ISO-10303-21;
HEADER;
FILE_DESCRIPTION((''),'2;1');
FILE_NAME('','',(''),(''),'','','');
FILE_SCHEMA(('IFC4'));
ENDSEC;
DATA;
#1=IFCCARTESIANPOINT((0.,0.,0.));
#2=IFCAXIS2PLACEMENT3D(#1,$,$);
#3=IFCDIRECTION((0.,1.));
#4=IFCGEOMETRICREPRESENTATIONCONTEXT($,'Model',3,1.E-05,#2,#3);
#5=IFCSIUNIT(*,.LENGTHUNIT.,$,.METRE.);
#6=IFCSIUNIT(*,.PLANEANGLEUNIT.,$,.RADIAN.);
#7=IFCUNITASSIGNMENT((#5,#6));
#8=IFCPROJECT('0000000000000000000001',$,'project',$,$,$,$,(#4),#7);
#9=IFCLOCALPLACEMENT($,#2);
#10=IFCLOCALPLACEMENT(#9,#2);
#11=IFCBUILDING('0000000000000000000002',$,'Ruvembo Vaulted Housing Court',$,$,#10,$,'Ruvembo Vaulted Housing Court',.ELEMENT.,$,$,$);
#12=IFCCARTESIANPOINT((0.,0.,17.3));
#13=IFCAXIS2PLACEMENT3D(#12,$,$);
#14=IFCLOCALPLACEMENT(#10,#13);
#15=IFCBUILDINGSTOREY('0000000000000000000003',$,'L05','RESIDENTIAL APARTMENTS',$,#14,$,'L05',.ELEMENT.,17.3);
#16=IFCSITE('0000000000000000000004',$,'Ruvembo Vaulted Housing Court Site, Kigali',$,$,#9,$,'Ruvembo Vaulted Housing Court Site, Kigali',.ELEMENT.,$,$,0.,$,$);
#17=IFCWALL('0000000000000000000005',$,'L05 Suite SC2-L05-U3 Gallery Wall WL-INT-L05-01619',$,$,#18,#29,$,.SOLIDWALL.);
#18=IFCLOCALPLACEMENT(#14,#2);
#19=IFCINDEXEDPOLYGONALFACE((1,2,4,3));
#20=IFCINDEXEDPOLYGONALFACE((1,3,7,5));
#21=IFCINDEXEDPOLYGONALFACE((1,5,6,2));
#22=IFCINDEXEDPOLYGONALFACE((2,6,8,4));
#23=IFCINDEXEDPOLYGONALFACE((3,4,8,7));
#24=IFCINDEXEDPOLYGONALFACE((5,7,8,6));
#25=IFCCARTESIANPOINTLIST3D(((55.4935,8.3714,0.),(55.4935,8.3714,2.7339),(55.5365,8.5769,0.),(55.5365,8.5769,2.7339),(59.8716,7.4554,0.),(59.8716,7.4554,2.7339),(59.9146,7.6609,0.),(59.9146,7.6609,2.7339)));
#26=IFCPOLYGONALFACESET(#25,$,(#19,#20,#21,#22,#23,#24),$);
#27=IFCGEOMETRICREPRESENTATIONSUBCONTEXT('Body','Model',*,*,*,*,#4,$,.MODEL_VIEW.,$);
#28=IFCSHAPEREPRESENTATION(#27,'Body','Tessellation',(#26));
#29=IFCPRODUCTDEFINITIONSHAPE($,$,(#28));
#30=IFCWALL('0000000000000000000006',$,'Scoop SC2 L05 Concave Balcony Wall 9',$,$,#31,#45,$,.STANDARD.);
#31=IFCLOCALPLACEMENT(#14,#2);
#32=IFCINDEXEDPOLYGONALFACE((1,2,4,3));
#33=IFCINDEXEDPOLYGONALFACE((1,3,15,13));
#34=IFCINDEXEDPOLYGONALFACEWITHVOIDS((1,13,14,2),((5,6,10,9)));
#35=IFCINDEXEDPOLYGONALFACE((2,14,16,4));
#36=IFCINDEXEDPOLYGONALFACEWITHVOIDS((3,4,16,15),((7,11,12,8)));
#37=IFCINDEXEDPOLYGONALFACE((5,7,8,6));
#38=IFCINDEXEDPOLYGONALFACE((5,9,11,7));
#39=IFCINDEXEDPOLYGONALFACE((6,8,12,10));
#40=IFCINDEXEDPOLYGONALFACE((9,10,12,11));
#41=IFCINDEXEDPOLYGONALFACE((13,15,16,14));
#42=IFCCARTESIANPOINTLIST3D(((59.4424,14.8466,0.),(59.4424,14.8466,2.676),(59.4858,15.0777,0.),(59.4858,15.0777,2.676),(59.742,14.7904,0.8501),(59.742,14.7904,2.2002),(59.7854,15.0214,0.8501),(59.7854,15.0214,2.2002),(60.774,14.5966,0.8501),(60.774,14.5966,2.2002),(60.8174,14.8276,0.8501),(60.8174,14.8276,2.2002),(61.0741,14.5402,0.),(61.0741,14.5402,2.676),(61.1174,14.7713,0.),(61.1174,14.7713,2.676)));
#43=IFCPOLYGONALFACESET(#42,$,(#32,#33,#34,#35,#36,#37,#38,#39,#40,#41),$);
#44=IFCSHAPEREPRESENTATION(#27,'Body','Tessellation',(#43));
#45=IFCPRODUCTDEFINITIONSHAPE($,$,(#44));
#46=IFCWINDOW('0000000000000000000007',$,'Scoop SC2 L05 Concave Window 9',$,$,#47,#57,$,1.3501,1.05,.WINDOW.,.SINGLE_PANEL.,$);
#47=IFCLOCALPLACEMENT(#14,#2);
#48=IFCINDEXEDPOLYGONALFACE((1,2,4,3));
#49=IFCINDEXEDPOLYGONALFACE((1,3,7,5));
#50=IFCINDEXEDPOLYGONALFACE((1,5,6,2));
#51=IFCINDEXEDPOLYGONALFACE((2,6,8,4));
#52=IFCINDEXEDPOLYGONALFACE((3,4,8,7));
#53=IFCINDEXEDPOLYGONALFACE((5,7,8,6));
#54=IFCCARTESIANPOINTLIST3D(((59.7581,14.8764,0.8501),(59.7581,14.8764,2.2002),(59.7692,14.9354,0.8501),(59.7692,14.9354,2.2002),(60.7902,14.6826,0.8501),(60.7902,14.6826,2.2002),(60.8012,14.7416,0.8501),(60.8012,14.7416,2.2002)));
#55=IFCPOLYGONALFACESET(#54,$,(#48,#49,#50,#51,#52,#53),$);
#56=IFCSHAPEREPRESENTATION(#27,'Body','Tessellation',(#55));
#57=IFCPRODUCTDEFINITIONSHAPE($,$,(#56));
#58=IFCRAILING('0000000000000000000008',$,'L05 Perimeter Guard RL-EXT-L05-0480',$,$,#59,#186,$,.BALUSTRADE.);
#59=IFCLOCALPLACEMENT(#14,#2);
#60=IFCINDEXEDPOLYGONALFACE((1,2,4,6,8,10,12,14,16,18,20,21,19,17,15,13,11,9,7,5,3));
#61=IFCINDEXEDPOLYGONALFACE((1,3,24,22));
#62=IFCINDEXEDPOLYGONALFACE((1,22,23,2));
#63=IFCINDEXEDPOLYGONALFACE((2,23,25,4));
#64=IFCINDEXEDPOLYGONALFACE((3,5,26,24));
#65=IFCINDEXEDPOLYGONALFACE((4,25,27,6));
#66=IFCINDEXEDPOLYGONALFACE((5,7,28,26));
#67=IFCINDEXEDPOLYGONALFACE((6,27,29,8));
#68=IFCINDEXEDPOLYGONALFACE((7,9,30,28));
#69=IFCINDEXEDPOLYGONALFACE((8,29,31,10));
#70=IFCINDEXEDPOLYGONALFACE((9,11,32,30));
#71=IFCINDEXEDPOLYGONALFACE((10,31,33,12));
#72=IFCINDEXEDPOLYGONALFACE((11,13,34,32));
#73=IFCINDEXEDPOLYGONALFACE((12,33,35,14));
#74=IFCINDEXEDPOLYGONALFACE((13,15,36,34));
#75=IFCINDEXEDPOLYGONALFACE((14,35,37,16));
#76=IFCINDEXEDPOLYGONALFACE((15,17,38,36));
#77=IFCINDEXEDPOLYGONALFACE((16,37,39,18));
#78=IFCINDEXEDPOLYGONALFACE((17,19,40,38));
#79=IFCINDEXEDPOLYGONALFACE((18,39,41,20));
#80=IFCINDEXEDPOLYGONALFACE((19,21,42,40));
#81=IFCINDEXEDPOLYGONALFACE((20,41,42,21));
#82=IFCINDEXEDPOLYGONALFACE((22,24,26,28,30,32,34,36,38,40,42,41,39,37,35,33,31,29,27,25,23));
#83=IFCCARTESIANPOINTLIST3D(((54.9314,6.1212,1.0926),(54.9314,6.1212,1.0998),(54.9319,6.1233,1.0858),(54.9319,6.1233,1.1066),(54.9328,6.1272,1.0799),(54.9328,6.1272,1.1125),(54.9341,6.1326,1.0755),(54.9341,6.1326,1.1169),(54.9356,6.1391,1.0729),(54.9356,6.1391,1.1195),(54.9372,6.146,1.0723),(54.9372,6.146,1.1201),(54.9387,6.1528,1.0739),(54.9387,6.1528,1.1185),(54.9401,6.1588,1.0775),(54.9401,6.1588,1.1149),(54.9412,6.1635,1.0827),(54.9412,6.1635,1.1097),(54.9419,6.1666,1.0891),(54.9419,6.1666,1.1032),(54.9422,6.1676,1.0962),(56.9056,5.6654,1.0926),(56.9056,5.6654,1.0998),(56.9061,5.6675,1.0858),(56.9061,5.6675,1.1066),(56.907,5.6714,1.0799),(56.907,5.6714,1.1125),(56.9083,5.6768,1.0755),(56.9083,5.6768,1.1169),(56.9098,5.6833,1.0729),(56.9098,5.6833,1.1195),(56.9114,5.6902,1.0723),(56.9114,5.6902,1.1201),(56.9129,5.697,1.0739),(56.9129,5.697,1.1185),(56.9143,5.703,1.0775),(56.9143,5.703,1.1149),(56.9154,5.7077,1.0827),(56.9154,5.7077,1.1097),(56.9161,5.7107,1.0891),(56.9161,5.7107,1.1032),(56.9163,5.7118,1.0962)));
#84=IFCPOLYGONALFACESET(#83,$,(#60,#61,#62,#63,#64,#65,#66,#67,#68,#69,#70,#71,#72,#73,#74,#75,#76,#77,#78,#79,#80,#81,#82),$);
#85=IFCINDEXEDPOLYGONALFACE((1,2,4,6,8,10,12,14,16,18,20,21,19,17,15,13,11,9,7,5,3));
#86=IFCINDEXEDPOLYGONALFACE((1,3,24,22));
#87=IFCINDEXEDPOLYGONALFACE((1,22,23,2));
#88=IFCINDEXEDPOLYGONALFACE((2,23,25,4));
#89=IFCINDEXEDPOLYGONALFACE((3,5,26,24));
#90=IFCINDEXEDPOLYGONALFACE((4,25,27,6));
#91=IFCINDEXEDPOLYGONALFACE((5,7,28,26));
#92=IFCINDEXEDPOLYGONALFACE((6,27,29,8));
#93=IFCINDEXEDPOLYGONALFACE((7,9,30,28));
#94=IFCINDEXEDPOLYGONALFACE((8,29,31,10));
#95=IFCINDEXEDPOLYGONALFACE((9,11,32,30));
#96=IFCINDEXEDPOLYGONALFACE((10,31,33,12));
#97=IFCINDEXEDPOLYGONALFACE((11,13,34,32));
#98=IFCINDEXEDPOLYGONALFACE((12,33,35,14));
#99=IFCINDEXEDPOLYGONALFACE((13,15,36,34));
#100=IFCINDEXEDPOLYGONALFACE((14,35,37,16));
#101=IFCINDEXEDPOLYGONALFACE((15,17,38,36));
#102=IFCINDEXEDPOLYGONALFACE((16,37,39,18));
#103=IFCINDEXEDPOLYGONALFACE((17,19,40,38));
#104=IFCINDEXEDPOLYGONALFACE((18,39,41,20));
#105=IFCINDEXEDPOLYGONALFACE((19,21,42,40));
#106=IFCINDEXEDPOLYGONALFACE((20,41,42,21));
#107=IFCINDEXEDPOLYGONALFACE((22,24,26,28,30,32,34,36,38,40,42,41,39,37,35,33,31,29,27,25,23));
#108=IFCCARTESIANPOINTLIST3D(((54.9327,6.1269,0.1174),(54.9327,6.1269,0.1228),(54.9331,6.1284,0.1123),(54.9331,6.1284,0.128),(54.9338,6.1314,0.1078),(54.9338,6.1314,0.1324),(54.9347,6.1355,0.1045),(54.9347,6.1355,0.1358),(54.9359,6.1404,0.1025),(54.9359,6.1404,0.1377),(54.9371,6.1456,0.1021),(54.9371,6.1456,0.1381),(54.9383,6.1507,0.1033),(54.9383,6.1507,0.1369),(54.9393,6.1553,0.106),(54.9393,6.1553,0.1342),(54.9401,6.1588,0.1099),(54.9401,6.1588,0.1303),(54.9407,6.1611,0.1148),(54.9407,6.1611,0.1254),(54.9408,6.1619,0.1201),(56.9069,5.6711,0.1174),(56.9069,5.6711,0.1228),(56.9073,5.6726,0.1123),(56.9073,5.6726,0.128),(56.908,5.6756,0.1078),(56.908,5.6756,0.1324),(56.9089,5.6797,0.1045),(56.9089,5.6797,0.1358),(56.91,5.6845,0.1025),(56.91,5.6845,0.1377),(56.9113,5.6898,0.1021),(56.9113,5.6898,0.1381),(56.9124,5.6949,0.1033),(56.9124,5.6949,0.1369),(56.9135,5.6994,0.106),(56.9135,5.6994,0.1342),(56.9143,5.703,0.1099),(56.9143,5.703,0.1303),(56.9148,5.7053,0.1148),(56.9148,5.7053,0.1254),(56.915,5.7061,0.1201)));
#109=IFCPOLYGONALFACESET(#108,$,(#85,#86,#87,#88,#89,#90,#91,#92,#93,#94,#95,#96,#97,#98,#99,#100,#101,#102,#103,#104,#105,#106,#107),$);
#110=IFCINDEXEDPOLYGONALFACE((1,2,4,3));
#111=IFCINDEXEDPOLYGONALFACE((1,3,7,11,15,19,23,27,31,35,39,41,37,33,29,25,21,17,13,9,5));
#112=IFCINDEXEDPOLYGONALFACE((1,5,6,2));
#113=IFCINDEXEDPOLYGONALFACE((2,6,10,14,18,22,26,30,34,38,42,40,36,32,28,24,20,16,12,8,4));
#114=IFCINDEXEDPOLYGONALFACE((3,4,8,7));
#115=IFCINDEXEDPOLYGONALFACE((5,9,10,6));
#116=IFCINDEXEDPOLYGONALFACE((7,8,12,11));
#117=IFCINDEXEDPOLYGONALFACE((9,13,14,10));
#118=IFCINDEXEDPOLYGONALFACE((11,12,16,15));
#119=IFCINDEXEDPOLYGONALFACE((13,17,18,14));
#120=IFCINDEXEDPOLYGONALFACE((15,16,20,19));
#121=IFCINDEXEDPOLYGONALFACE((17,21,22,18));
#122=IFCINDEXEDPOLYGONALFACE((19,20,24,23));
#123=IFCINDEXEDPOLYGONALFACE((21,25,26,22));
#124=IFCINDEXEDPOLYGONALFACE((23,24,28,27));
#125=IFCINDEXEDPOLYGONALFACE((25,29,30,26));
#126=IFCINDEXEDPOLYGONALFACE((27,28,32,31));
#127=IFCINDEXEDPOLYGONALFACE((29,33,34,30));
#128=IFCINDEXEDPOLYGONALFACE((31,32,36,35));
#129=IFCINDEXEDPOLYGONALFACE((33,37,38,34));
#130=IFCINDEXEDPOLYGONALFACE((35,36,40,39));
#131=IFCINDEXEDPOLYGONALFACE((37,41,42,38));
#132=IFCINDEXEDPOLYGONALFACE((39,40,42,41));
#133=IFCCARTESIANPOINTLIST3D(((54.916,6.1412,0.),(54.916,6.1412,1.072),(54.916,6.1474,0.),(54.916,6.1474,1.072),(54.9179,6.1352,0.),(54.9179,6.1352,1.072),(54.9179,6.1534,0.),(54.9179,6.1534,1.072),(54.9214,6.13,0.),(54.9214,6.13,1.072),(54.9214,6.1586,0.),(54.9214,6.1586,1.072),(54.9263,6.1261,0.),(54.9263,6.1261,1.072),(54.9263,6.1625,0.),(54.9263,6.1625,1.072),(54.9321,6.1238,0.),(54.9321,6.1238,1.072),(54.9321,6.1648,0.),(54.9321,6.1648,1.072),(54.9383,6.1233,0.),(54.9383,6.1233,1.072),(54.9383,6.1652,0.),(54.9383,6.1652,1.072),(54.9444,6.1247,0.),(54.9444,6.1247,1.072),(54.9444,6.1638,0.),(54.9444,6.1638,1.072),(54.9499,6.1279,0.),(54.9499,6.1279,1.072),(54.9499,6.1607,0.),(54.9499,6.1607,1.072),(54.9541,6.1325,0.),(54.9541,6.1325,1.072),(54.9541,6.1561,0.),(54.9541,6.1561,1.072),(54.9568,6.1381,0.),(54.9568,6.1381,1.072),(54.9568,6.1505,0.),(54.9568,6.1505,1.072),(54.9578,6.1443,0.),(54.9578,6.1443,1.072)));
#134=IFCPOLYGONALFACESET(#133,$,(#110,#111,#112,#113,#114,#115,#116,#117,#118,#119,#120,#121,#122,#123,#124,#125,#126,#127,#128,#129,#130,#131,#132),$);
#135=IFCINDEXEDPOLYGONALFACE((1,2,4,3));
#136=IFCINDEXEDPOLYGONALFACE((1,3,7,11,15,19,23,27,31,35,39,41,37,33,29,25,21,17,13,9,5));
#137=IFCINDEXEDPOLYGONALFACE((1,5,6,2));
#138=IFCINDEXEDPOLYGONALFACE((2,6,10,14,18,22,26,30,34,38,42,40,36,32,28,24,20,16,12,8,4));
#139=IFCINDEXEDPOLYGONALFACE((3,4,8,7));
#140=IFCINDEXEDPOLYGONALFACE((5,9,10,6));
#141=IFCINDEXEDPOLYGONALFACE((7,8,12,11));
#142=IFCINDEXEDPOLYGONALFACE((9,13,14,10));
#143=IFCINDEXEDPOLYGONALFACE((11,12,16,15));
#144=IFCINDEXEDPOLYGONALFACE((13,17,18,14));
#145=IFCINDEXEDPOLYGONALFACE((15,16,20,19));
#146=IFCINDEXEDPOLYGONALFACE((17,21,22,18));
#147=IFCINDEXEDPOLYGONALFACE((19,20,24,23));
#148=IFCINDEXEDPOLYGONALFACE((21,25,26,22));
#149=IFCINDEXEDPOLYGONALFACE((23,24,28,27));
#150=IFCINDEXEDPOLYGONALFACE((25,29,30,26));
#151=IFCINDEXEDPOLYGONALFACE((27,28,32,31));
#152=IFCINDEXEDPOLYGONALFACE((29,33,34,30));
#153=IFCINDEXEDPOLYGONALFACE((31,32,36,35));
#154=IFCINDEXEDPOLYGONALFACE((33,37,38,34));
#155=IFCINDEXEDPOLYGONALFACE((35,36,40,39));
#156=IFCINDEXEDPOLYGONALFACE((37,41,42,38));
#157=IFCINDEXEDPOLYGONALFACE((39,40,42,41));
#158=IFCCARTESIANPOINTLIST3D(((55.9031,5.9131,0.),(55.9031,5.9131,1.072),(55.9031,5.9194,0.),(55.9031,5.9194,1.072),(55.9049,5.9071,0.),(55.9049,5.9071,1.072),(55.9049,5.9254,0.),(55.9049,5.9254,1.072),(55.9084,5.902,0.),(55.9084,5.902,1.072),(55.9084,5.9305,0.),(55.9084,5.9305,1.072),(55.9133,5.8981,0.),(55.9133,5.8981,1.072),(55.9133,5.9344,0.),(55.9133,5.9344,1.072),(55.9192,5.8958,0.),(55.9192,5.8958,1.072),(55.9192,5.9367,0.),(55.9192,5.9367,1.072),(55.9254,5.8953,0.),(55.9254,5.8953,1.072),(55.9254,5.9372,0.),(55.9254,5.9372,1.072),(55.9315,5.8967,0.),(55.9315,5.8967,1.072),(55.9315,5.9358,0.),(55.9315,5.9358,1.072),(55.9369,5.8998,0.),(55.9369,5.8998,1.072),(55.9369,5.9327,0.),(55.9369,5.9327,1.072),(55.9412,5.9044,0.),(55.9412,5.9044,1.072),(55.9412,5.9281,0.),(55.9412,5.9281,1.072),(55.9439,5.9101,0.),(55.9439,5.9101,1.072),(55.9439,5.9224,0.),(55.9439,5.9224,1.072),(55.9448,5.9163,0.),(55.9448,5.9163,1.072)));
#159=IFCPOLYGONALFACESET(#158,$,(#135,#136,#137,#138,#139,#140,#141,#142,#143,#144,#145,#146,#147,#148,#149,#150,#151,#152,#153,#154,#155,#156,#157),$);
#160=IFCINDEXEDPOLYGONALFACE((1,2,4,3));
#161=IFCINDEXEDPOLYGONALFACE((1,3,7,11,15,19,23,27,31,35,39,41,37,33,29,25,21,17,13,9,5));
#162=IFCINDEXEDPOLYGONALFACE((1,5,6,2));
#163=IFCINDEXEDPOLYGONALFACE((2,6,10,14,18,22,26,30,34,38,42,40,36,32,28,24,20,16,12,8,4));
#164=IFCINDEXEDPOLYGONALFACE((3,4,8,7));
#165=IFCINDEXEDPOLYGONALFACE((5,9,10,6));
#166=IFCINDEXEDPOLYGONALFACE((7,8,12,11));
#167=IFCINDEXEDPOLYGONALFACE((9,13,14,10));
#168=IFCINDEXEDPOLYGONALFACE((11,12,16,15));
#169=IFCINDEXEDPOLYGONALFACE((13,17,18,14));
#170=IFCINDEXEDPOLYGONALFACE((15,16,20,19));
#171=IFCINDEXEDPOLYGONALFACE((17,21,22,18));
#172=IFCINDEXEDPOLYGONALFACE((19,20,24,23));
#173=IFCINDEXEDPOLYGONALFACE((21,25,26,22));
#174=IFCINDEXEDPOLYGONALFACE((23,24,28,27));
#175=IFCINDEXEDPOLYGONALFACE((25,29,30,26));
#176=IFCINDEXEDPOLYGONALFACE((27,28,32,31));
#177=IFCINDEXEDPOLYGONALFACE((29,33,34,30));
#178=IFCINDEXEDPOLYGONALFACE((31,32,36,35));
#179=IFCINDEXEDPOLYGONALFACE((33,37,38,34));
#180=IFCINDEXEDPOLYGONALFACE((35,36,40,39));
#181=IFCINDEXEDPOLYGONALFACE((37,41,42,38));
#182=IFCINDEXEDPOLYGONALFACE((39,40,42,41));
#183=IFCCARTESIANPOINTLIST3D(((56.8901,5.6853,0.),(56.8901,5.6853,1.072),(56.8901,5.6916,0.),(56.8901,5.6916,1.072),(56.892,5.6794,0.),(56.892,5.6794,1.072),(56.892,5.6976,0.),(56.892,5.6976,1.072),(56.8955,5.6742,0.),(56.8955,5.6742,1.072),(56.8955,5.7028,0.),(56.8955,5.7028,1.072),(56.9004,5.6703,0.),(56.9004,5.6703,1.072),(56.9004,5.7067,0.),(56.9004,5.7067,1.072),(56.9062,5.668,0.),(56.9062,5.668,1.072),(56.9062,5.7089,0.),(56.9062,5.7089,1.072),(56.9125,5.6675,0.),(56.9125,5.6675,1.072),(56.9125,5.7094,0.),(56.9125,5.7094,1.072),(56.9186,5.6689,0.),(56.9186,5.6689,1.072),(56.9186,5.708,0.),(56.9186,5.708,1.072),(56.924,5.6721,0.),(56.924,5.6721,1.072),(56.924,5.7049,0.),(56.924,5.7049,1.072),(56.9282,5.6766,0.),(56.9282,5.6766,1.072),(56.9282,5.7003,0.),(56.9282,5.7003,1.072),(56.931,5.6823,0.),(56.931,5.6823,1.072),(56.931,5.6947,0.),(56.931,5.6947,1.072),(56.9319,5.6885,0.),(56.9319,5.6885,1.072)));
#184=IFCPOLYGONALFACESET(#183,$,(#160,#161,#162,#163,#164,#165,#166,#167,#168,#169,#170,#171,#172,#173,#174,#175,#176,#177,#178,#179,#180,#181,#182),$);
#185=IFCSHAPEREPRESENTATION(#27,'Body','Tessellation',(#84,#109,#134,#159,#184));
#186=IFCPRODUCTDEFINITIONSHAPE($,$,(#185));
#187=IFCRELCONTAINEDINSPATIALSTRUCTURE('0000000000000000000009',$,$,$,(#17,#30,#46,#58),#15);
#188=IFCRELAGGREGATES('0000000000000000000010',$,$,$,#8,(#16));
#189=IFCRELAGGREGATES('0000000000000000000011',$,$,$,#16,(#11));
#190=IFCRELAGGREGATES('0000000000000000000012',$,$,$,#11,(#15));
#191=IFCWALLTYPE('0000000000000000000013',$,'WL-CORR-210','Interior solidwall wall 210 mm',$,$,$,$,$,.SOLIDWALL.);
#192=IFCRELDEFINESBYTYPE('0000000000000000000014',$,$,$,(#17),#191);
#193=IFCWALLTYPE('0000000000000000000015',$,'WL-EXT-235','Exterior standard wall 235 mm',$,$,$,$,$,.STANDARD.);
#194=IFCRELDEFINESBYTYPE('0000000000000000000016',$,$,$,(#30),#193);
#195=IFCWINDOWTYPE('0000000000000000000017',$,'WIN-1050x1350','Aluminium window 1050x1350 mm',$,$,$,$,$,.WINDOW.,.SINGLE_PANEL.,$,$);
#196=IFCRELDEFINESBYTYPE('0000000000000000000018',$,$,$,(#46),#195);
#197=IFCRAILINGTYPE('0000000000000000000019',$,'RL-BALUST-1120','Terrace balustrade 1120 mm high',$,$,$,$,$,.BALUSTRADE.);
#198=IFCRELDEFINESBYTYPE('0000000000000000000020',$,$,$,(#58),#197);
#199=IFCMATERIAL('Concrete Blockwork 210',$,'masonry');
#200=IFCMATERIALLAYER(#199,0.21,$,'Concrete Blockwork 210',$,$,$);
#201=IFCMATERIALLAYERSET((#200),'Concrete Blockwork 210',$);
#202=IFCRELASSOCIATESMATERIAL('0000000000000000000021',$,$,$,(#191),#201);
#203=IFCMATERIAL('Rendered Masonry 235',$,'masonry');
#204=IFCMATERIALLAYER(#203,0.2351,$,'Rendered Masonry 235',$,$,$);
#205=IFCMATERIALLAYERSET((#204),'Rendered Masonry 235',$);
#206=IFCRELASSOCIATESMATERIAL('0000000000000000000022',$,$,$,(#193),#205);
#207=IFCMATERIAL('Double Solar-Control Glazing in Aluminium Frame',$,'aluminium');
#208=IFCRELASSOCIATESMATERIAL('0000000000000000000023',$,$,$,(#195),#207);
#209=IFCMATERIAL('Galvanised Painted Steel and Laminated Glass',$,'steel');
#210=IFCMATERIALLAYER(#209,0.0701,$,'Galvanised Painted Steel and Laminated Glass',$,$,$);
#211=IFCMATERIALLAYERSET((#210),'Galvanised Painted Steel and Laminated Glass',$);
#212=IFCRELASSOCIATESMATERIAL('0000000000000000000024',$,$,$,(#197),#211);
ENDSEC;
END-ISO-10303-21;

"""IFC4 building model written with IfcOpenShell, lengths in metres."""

from ifc_helpers import new_model, si_unit, direction, frame, frame_2d, origin, origin_2d, place, context, subcontext, project, spatial, rectangle, circle, extrude, material, layer, layer_set, type_object, element, fill, save


model = new_model("IFC4")

# Units and contexts
model_context = context("Model", 3, precision=1e-05, world=origin(), true_north=direction((0.0, 1.0)))
body_context = subcontext(model_context, "Body", "Model", "MODEL_VIEW")
ifc_project = project(units=[si_unit("LENGTHUNIT", "METRE"), si_unit("PLANEANGLEUNIT", "RADIAN")], contexts=[model_context])

# Site, building, storey
site_placement = place(None, origin())
site = spatial("IfcSite", under=ifc_project, at=site_placement, Name="Ruvembo Vaulted Housing Court Site, Kigali", LongName="Ruvembo Vaulted Housing Court Site, Kigali", CompositionType="ELEMENT", RefElevation=0.0)
building_placement = place(site_placement, origin())
building = spatial("IfcBuilding", under=site, at=building_placement, Name="Ruvembo Vaulted Housing Court", LongName="Ruvembo Vaulted Housing Court", CompositionType="ELEMENT")
storey_placement = place(building_placement, frame((0.0, 0.0, 17.3)))
storey = spatial("IfcBuildingStorey", under=building, at=storey_placement, Name="L05", Description="RESIDENTIAL APARTMENTS", LongName="L05", CompositionType="ELEMENT", Elevation=17.3)

# Wall
ifc_material_1 = material(Name="Concrete Blockwork 210", Category="masonry")
ifc_layer_1 = layer(ifc_material_1, 0.21, Name="Concrete Blockwork 210")
ifc_layer_set_1 = layer_set([ifc_layer_1], Name="Concrete Blockwork 210")
wall_type_1 = type_object("IfcWallType", Name="WL-CORR-210", Description="Interior solidwall wall 210 mm", PredefinedType="SOLIDWALL", material=ifc_layer_set_1)
wall_1_placement = place(storey_placement, frame((55.5151, 8.4741, 0.0), z_axis=(0.0, 0.0, 1.0), x_axis=(0.978806, -0.204789, 0.0)))
element("IfcWall", 1, at=wall_1_placement, inside=storey, type_object=wall_type_1, Name="L05 Suite SC2-L05-U3 Gallery Wall WL-INT-L05-01619", PredefinedType="SOLIDWALL", context=body_context, shape_type="SweptSolid", body=[
    extrude(rectangle(XDim=4.4729, YDim=0.21, at=frame_2d((2.2363, 0.0))), origin(), (0.0, 0.0, 1.0), 2.7339),
])

# Wall, opening, window
ifc_material_2 = material(Name="Rendered Masonry 235", Category="masonry")
ifc_layer_2 = layer(ifc_material_2, 0.2351, Name="Rendered Masonry 235")
ifc_layer_set_2 = layer_set([ifc_layer_2], Name="Rendered Masonry 235")
wall_type_2 = type_object("IfcWallType", Name="WL-EXT-235", Description="Exterior standard wall 235 mm", PredefinedType="STANDARD", material=ifc_layer_set_2)
wall_2_placement = place(storey_placement, frame((59.4641, 14.9622, 0.0), z_axis=(0.0, 0.0, 1.0), x_axis=(0.982821, -0.184564, 0.0)))
wall_2 = element("IfcWall", 2, at=wall_2_placement, inside=storey, type_object=wall_type_2, Name="Scoop SC2 L05 Concave Balcony Wall 9", PredefinedType="STANDARD", context=body_context, shape_type="SweptSolid", body=[
    extrude(rectangle(XDim=1.6602, YDim=0.2351, at=frame_2d((0.8301, 0.0))), origin(), (0.0, 0.0, 1.0), 2.676),
])
opening_1_placement = place(wall_2_placement, frame((0.3049, 0.0, 0.8501)))
opening_1 = element("IfcOpeningElement", 3, at=opening_1_placement, cuts=wall_2, PredefinedType="OPENING", context=body_context, shape_type="SweptSolid", body=[
    extrude(rectangle(XDim=1.05, YDim=1.3501, at=frame_2d((0.5249, 0.675))), frame((0.0, 0.1274, 0.0), z_axis=(0.0, -1.0, 0.0), x_axis=(1.0, 0.0, 0.0)), (0.0, 0.0, 1.0), 0.2551),
])
ifc_material_3 = material(Name="Double Solar-Control Glazing in Aluminium Frame", Category="aluminium")
window_type = type_object("IfcWindowType", Name="WIN-1050x1350", Description="Aluminium window 1050x1350 mm", PartitioningType="SINGLE_PANEL", PredefinedType="WINDOW", material=ifc_material_3)
window_placement = place(opening_1_placement, origin())
window = element("IfcWindow", 4, at=window_placement, inside=storey, type_object=window_type, Name="Scoop SC2 L05 Concave Window 9", OverallHeight=1.3501, OverallWidth=1.05, PartitioningType="SINGLE_PANEL", PredefinedType="WINDOW", context=body_context, shape_type="SweptSolid", body=[
    extrude(rectangle(XDim=1.05, YDim=1.3501, at=frame_2d((0.5249, 0.675))), frame((0.0, 0.03, 0.0), z_axis=(0.0, -1.0, 0.0), x_axis=(1.0, 0.0, 0.0)), (0.0, 0.0, 1.0), 0.0601),
])
fill(opening_1, window)

# Railing
ifc_material_4 = material(Name="Galvanised Painted Steel and Laminated Glass", Category="steel")
ifc_layer_3 = layer(ifc_material_4, 0.0701, Name="Galvanised Painted Steel and Laminated Glass")
ifc_layer_set_3 = layer_set([ifc_layer_3], Name="Galvanised Painted Steel and Laminated Glass")
railing_type = type_object("IfcRailingType", Name="RL-BALUST-1120", Description="Terrace balustrade 1120 mm high", PredefinedType="BALUSTRADE", material=ifc_layer_set_3)
railing_1_placement = place(storey_placement, frame((54.9368, 6.1443, 0.0)))
element("IfcRailing", 5, at=railing_1_placement, inside=storey, type_object=railing_type, Name="L05 Perimeter Guard RL-EXT-L05-0480", PredefinedType="BALUSTRADE", context=body_context, shape_type="SweptSolid", body=[
    extrude(circle(Radius=0.0239, at=origin_2d()), frame((0.0, 0.0, 1.0962), z_axis=(0.974365, -0.224974, 0.0), x_axis=(0.224974, 0.974365, 0.0)), (0.0, 0.0, 1.0), 2.0261),
    extrude(circle(Radius=0.0181, at=origin_2d()), frame((0.0, 0.0, 0.1201), z_axis=(0.974365, -0.224974, 0.0), x_axis=(0.224974, 0.974365, 0.0)), (0.0, 0.0, 1.0), 2.0261),
    extrude(circle(Radius=0.021, at=origin_2d()), origin(), (0.0, 0.0, 1.0), 1.072),
    extrude(circle(Radius=0.021, at=origin_2d()), frame((0.9871, -0.228, 0.0)), (0.0, 0.0, 1.0), 1.072),
    extrude(circle(Radius=0.021, at=origin_2d()), frame((1.9741, -0.4558, 0.0)), (0.0, 0.0, 1.0), 1.072),
])

save(model, "model.ifc")
